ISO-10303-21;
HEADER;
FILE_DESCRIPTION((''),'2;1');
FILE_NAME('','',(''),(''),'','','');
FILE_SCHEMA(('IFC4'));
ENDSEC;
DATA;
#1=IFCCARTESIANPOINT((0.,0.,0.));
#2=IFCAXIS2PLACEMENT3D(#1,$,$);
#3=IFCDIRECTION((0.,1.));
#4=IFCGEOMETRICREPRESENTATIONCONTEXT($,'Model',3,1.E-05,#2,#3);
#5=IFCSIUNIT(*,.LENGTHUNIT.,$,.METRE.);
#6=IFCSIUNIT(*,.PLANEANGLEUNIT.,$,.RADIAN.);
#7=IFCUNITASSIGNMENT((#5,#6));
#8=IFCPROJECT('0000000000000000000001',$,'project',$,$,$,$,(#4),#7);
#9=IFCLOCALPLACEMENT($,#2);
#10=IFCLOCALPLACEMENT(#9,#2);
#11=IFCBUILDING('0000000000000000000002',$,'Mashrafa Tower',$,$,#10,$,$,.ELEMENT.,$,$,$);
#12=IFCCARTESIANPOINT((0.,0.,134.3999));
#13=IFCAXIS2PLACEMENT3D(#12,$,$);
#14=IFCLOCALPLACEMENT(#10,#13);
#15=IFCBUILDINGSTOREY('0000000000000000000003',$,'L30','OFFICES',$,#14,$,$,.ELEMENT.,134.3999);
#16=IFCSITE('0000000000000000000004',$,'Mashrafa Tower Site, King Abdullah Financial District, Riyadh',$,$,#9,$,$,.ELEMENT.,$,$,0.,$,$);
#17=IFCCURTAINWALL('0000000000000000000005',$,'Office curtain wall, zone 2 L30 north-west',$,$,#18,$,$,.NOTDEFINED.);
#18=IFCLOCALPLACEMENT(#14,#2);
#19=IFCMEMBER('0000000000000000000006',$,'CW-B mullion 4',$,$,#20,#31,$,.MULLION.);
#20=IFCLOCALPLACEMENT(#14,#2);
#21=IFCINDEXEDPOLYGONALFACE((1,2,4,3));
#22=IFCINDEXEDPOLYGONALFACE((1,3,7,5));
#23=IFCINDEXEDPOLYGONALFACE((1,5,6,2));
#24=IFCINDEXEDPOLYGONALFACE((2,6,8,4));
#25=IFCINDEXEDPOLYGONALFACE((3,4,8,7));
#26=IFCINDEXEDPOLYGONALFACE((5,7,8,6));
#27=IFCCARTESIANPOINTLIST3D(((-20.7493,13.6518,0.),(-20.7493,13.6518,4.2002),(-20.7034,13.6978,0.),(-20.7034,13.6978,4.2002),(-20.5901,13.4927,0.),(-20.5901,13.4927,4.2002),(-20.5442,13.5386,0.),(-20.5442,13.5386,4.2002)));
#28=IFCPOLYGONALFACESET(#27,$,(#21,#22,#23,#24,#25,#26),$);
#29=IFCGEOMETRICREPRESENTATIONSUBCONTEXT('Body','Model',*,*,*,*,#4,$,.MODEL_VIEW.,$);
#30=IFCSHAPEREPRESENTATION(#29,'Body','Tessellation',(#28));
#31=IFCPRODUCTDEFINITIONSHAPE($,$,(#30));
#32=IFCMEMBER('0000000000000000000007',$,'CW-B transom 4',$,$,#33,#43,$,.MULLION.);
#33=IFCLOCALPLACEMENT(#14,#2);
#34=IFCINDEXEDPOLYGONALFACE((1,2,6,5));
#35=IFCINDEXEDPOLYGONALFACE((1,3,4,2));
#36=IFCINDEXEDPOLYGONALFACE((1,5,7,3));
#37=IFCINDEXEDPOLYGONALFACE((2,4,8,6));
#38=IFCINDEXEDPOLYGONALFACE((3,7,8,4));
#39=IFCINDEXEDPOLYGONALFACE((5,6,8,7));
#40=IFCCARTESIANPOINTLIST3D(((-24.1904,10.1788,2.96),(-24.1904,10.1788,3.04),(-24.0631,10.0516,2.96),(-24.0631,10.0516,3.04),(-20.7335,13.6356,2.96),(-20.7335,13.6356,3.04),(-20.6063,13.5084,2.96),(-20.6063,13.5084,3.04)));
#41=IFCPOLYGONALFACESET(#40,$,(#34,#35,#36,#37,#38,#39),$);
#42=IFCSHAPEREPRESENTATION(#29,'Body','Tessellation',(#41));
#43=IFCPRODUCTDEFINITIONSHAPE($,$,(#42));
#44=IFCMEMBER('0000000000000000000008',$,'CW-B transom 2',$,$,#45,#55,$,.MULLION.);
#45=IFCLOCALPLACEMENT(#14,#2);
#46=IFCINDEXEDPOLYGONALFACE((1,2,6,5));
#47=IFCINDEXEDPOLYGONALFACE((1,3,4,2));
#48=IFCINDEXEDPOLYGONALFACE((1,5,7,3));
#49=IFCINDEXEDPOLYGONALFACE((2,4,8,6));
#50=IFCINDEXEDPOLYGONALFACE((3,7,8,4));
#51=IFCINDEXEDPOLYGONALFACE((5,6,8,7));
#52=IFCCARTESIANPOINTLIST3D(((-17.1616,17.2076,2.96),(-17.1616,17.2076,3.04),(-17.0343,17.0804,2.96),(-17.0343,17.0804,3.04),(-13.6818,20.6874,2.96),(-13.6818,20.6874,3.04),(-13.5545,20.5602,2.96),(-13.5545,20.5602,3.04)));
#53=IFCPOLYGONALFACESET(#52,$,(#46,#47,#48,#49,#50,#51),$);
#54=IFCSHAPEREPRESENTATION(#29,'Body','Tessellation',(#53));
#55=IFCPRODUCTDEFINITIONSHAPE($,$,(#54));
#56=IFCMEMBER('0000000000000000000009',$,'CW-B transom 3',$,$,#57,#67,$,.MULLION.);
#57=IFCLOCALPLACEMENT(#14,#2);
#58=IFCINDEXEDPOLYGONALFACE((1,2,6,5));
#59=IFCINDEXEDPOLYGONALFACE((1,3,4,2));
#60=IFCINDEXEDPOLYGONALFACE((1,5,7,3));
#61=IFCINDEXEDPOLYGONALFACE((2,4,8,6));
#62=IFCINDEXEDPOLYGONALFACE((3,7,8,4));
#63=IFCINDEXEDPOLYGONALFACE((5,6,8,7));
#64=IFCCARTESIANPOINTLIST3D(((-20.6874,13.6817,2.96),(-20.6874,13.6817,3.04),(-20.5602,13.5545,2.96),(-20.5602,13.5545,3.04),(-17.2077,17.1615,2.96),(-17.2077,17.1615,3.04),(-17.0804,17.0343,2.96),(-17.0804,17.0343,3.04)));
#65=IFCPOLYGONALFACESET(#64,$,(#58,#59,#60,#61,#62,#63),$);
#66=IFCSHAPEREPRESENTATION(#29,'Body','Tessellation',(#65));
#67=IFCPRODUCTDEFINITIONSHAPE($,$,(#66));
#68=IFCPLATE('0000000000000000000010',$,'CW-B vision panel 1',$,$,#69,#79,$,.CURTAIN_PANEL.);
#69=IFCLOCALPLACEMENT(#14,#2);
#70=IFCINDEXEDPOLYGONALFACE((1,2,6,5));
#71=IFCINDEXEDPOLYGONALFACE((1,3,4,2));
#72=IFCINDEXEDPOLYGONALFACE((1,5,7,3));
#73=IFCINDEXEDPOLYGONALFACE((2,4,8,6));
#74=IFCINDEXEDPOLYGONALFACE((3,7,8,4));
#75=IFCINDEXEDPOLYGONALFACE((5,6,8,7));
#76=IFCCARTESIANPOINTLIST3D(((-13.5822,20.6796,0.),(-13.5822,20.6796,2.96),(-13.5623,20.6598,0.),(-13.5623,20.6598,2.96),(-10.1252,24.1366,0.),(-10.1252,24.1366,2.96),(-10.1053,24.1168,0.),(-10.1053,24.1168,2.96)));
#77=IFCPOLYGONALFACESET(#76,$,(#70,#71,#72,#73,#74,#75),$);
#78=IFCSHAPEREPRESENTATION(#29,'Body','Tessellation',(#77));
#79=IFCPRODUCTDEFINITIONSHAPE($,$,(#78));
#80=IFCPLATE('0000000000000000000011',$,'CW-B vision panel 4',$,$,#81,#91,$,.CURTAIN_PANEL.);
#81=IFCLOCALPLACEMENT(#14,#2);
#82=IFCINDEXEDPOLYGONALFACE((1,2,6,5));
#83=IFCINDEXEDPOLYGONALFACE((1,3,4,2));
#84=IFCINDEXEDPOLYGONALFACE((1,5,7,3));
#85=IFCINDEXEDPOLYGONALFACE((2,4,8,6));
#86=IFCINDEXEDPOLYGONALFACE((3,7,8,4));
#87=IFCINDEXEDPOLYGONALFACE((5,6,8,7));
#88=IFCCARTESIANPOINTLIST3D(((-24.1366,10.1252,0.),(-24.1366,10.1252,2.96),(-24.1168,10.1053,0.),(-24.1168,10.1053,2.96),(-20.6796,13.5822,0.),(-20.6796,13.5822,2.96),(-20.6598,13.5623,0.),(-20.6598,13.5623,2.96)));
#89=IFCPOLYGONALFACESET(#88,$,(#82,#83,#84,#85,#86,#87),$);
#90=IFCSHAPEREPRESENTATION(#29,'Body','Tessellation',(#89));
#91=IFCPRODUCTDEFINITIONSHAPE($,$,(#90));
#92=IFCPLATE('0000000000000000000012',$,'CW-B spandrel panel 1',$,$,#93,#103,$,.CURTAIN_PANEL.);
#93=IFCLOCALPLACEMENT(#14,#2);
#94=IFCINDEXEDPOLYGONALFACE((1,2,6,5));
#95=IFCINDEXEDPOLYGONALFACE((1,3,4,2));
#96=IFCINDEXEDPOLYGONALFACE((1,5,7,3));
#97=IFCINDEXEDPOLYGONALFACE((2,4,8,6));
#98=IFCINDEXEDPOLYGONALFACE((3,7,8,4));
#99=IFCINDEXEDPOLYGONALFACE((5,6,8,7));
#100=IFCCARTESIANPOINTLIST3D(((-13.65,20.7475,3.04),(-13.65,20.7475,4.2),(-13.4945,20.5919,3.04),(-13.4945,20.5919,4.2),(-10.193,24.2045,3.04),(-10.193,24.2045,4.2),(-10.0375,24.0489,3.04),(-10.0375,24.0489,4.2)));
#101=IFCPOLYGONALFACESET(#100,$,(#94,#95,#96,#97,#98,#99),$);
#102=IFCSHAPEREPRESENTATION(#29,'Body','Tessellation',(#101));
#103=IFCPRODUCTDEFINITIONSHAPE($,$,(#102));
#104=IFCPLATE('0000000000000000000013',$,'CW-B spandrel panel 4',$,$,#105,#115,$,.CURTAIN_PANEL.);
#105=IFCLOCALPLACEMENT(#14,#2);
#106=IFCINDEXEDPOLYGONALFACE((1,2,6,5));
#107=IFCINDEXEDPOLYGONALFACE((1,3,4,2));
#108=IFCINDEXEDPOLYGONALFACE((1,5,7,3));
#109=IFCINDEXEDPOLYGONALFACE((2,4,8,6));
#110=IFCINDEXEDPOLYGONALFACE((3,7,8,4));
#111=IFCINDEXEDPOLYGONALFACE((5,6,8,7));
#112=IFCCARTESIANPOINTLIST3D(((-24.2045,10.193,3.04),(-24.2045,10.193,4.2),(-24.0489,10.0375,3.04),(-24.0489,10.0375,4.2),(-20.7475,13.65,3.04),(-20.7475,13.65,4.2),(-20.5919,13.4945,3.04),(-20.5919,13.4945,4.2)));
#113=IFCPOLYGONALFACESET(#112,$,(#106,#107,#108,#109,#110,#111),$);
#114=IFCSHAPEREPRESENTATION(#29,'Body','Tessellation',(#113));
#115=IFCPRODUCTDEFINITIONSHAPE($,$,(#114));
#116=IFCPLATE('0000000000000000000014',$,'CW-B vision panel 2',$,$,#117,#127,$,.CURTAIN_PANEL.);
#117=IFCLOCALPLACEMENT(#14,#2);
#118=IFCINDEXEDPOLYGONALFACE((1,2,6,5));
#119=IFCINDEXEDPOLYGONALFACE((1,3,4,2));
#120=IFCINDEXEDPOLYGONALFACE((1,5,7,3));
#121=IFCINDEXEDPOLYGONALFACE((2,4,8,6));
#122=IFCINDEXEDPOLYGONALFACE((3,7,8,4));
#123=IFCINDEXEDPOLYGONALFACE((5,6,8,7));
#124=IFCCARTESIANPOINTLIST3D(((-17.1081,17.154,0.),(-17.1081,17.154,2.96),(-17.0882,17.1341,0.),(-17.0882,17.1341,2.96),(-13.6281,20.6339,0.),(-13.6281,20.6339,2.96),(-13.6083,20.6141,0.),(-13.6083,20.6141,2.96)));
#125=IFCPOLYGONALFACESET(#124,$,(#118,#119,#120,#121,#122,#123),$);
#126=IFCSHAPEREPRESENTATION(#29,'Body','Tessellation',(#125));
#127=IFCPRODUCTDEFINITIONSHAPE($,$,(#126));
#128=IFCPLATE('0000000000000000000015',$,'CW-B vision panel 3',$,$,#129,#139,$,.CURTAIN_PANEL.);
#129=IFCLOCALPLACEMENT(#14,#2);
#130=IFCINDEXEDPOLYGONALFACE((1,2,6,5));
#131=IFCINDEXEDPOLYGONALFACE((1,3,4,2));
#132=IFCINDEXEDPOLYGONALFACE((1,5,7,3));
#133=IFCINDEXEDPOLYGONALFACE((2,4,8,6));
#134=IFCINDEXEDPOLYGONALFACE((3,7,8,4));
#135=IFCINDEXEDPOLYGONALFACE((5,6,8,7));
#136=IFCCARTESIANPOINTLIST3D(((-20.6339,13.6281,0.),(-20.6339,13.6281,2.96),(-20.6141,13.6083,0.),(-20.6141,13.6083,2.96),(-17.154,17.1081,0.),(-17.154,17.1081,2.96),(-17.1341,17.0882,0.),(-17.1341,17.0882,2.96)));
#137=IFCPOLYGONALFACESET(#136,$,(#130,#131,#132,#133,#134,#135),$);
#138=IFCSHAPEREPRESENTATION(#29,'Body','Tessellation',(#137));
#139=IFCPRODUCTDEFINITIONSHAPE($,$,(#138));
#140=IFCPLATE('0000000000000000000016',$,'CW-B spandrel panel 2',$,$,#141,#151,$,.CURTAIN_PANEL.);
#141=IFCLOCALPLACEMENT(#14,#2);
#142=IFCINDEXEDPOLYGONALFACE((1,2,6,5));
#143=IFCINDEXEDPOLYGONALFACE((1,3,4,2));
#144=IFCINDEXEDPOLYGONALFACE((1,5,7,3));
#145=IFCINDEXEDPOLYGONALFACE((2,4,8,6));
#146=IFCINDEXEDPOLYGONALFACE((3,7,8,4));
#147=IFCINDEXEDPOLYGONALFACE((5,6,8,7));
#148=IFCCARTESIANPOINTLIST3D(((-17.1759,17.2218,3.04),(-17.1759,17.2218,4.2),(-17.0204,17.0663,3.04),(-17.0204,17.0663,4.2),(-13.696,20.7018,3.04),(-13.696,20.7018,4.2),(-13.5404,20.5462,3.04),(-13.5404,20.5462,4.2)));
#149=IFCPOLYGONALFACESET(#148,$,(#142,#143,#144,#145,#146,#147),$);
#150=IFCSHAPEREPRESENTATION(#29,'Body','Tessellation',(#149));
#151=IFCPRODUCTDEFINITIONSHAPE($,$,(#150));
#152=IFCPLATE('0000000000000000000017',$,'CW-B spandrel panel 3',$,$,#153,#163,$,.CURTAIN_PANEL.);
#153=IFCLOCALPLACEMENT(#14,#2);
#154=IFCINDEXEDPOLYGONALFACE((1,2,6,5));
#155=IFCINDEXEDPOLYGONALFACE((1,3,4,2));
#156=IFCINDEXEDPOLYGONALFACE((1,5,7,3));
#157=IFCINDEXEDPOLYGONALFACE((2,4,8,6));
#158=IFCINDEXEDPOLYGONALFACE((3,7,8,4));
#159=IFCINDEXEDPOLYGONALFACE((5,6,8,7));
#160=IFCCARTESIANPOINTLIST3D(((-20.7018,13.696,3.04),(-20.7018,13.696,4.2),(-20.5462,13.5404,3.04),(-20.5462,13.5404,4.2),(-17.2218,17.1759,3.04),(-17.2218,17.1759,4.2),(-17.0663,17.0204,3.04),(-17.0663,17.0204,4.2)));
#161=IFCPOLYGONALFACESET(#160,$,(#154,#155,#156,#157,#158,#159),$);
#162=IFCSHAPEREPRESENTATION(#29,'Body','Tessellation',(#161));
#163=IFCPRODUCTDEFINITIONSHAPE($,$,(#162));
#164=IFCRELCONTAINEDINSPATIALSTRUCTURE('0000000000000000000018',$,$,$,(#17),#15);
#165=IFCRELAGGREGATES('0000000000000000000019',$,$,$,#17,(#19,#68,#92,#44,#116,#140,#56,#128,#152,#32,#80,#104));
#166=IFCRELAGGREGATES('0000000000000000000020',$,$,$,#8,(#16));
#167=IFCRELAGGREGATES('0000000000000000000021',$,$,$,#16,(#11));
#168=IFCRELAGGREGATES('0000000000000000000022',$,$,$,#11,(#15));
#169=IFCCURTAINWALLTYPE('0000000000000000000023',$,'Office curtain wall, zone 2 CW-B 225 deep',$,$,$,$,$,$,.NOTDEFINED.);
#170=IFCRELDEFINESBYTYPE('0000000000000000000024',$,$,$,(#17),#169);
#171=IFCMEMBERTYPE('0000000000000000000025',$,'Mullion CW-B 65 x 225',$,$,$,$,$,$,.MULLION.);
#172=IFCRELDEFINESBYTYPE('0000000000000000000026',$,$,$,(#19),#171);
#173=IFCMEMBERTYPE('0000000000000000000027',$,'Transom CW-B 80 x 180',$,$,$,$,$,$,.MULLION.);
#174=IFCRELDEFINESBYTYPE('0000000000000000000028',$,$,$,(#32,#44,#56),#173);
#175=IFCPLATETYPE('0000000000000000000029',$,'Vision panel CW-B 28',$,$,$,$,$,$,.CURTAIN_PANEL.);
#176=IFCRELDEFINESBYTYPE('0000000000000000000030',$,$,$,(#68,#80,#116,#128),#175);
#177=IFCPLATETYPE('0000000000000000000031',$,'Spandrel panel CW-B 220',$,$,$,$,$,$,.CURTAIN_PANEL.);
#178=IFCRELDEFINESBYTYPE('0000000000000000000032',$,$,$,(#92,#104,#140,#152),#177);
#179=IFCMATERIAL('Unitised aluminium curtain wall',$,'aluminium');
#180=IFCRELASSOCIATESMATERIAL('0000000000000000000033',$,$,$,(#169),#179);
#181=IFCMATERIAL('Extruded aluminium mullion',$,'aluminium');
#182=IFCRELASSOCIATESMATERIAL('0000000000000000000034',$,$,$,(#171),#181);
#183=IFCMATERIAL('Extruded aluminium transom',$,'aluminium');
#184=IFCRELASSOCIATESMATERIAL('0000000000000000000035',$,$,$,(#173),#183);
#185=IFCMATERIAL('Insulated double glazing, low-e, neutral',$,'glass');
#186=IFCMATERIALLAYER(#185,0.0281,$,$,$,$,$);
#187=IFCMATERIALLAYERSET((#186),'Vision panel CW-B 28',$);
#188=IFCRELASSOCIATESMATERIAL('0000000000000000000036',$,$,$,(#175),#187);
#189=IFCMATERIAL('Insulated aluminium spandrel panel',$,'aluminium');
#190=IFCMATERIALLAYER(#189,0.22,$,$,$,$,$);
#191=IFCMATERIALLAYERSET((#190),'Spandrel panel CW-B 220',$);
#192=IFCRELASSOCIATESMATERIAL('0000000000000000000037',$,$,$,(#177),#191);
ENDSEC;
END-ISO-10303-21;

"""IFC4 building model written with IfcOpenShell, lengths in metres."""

from ifc_helpers import new_model, si_unit, direction, frame, origin, origin_2d, place, context, subcontext, project, spatial, rectangle, extrude, source, transform, mapped, material, layer, layer_set, material_profile, profile_set, type_object, type_shapes, element, aggregate, save


model = new_model("IFC4")

# Units and contexts
model_context = context("Model", 3, precision=1e-05, world=origin(), true_north=direction((0.0, 1.0)))
body_context = subcontext(model_context, "Body", "Model", "MODEL_VIEW")
ifc_project = project(units=[si_unit("LENGTHUNIT", "METRE"), si_unit("PLANEANGLEUNIT", "RADIAN")], contexts=[model_context])

# Site, building, storey
site_placement = place(None, origin())
site = spatial("IfcSite", under=ifc_project, at=site_placement, Name="Mashrafa Tower Site, King Abdullah Financial District, Riyadh", CompositionType="ELEMENT", RefElevation=0.0)
building_placement = place(site_placement, origin())
building = spatial("IfcBuilding", under=site, at=building_placement, Name="Mashrafa Tower", CompositionType="ELEMENT")
storey_placement = place(building_placement, frame((0.0, 0.0, 134.3999)))
storey = spatial("IfcBuildingStorey", under=building, at=storey_placement, Name="L30", Description="OFFICES", CompositionType="ELEMENT", Elevation=134.3999)

# Curtain wall, members, plates
ifc_material_1 = material(Name="Unitised aluminium curtain wall", Category="aluminium")
curtain_wall_type = type_object("IfcCurtainWallType", Name="Office curtain wall, zone 2 CW-B 225 deep", PredefinedType="NOTDEFINED", material=ifc_material_1)
curtain_wall_placement = place(storey_placement, origin())
curtain_wall = element("IfcCurtainWall", 1, at=curtain_wall_placement, inside=storey, type_object=curtain_wall_type, Name="Office curtain wall, zone 2 L30 north-west", PredefinedType="NOTDEFINED")
ifc_material_2 = material(Name="Extruded aluminium mullion", Category="aluminium")
ifc_material_profile_1 = material_profile(ifc_material_2, rectangle(XDim=0.2251, YDim=0.0649, at=origin_2d()), Name="Mullion 65x225")
ifc_profile_set_1 = profile_set([ifc_material_profile_1], Name="Extruded aluminium mullion")
member_type_1 = type_object("IfcMemberType", Name="Mullion CW-B 65 x 225", PredefinedType="MULLION", material=ifc_profile_set_1)
shared_shape_1 = source(origin(), body_context, "Body", "SweptSolid", [
    extrude(rectangle(XDim=0.2251, YDim=0.0649, at=origin_2d()), origin(), (0.0, 0.0, 1.0), 4.2002),
])
type_shapes(member_type_1, [shared_shape_1])
member_1_placement = place(storey_placement, frame((-20.6467, 13.5952, 0.0), z_axis=(0.0, 0.0, 1.0), x_axis=(0.707107, -0.707107, 0.0)))
member_1 = element("IfcMember", 2, at=member_1_placement, type_object=member_type_1, Name="CW-B mullion 4", PredefinedType="MULLION", context=body_context, shape_type="MappedRepresentation", body=[
    mapped(shared_shape_1, transform((0.0, 0.0, 0.0))),
])
ifc_material_3 = material(Name="Extruded aluminium transom", Category="aluminium")
ifc_material_profile_2 = material_profile(ifc_material_3, rectangle(XDim=0.1799, YDim=0.0801, at=origin_2d()), Name="Transom 80x180")
ifc_profile_set_2 = profile_set([ifc_material_profile_2], Name="Extruded aluminium transom")
member_type_2 = type_object("IfcMemberType", Name="Transom CW-B 80 x 180", PredefinedType="MULLION", material=ifc_profile_set_2)
shared_shape_2 = source(origin(), body_context, "Body", "SweptSolid", [
    extrude(rectangle(XDim=0.1799, YDim=0.0801, at=origin_2d()), origin(), (0.0, 0.0, 1.0), 4.8887),
])
member_2_placement = place(storey_placement, frame((-20.6699, 13.572, 3.0), z_axis=(-0.707107, -0.707107, 0.0), x_axis=(0.707107, -0.707107, 0.0)))
member_2 = element("IfcMember", 3, at=member_2_placement, type_object=member_type_2, Name="CW-B transom 4", PredefinedType="MULLION", context=body_context, shape_type="MappedRepresentation", body=[
    mapped(shared_shape_2, transform((0.0, 0.0, 0.0))),
])
shared_shape_3 = source(origin(), body_context, "Body", "SweptSolid", [
    extrude(rectangle(XDim=0.1799, YDim=0.0801, at=origin_2d()), origin(), (0.0, 0.0, 1.0), 4.9211),
])
type_shapes(member_type_2, [shared_shape_2, shared_shape_3])
member_3_placement = place(storey_placement, frame((-13.6182, 20.6238, 3.0), z_axis=(-0.707107, -0.707107, 0.0), x_axis=(0.707107, -0.707107, 0.0)))
member_3 = element("IfcMember", 4, at=member_3_placement, type_object=member_type_2, Name="CW-B transom 2", PredefinedType="MULLION", context=body_context, shape_type="MappedRepresentation", body=[
    mapped(shared_shape_3, transform((0.0, 0.0, 0.0))),
])
member_4_placement = place(storey_placement, frame((-17.144, 17.0979, 3.0), z_axis=(-0.707107, -0.707107, 0.0), x_axis=(0.707107, -0.707107, 0.0)))
member_4 = element("IfcMember", 5, at=member_4_placement, type_object=member_type_2, Name="CW-B transom 3", PredefinedType="MULLION", context=body_context, shape_type="MappedRepresentation", body=[
    mapped(shared_shape_3, transform((0.0, 0.0, 0.0))),
])
ifc_material_4 = material(Name="Insulated double glazing, low-e, neutral", Category="glass")
ifc_layer_1 = layer(ifc_material_4, 0.0281)
ifc_layer_set_1 = layer_set([ifc_layer_1], Name="Vision panel CW-B 28")
plate_type_1 = type_object("IfcPlateType", Name="Vision panel CW-B 28", PredefinedType="CURTAIN_PANEL", material=ifc_layer_set_1)
shared_shape_4 = source(origin(), body_context, "Body", "SweptSolid", [
    extrude(rectangle(XDim=4.8889, YDim=0.0281, at=origin_2d()), origin(), (0.0, 0.0, 1.0), 2.96),
])
plate_1_placement = place(storey_placement, frame((-11.8438, 22.3982, 0.0), z_axis=(0.0, 0.0, 1.0), x_axis=(-0.707107, -0.707107, 0.0)))
plate_1 = element("IfcPlate", 6, at=plate_1_placement, type_object=plate_type_1, Name="CW-B vision panel 1", PredefinedType="CURTAIN_PANEL", context=body_context, shape_type="MappedRepresentation", body=[
    mapped(shared_shape_4, transform((0.0, 0.0, 0.0))),
])
plate_2_placement = place(storey_placement, frame((-22.3982, 11.8438, 0.0), z_axis=(0.0, 0.0, 1.0), x_axis=(-0.707107, -0.707107, 0.0)))
plate_2 = element("IfcPlate", 7, at=plate_2_placement, type_object=plate_type_1, Name="CW-B vision panel 4", PredefinedType="CURTAIN_PANEL", context=body_context, shape_type="MappedRepresentation", body=[
    mapped(shared_shape_4, transform((0.0, 0.0, 0.0))),
])
ifc_material_5 = material(Name="Insulated aluminium spandrel panel", Category="aluminium")
ifc_layer_2 = layer(ifc_material_5, 0.22)
ifc_layer_set_2 = layer_set([ifc_layer_2], Name="Spandrel panel CW-B 220")
plate_type_2 = type_object("IfcPlateType", Name="Spandrel panel CW-B 220", PredefinedType="CURTAIN_PANEL", material=ifc_layer_set_2)
shared_shape_5 = source(origin(), body_context, "Body", "SweptSolid", [
    extrude(rectangle(XDim=4.8889, YDim=0.22, at=origin_2d()), origin(), (0.0, 0.0, 1.0), 1.1599),
])
plate_3_placement = place(storey_placement, frame((-11.8438, 22.3982, 3.04), z_axis=(0.0, 0.0, 1.0), x_axis=(-0.707107, -0.707107, 0.0)))
plate_3 = element("IfcPlate", 8, at=plate_3_placement, type_object=plate_type_2, Name="CW-B spandrel panel 1", PredefinedType="CURTAIN_PANEL", context=body_context, shape_type="MappedRepresentation", body=[
    mapped(shared_shape_5, transform((0.0, 0.0, 0.0))),
])
plate_4_placement = place(storey_placement, frame((-22.3982, 11.8438, 3.04), z_axis=(0.0, 0.0, 1.0), x_axis=(-0.707107, -0.707107, 0.0)))
plate_4 = element("IfcPlate", 9, at=plate_4_placement, type_object=plate_type_2, Name="CW-B spandrel panel 4", PredefinedType="CURTAIN_PANEL", context=body_context, shape_type="MappedRepresentation", body=[
    mapped(shared_shape_5, transform((0.0, 0.0, 0.0))),
])
shared_shape_6 = source(origin(), body_context, "Body", "SweptSolid", [
    extrude(rectangle(XDim=4.9214, YDim=0.0281, at=origin_2d()), origin(), (0.0, 0.0, 1.0), 2.96),
])
type_shapes(plate_type_1, [shared_shape_4, shared_shape_6])
plate_5_placement = place(storey_placement, frame((-15.3582, 18.884, 0.0), z_axis=(0.0, 0.0, 1.0), x_axis=(-0.707107, -0.707107, 0.0)))
plate_5 = element("IfcPlate", 10, at=plate_5_placement, type_object=plate_type_1, Name="CW-B vision panel 2", PredefinedType="CURTAIN_PANEL", context=body_context, shape_type="MappedRepresentation", body=[
    mapped(shared_shape_6, transform((0.0, 0.0, 0.0))),
])
plate_6_placement = place(storey_placement, frame((-18.884, 15.3582, 0.0), z_axis=(0.0, 0.0, 1.0), x_axis=(-0.707107, -0.707107, 0.0)))
plate_6 = element("IfcPlate", 11, at=plate_6_placement, type_object=plate_type_1, Name="CW-B vision panel 3", PredefinedType="CURTAIN_PANEL", context=body_context, shape_type="MappedRepresentation", body=[
    mapped(shared_shape_6, transform((0.0, 0.0, 0.0))),
])
shared_shape_7 = source(origin(), body_context, "Body", "SweptSolid", [
    extrude(rectangle(XDim=4.9214, YDim=0.22, at=origin_2d()), origin(), (0.0, 0.0, 1.0), 1.1599),
])
type_shapes(plate_type_2, [shared_shape_5, shared_shape_7])
plate_7_placement = place(storey_placement, frame((-15.3582, 18.884, 3.04), z_axis=(0.0, 0.0, 1.0), x_axis=(-0.707107, -0.707107, 0.0)))
plate_7 = element("IfcPlate", 12, at=plate_7_placement, type_object=plate_type_2, Name="CW-B spandrel panel 2", PredefinedType="CURTAIN_PANEL", context=body_context, shape_type="MappedRepresentation", body=[
    mapped(shared_shape_7, transform((0.0, 0.0, 0.0))),
])
plate_8_placement = place(storey_placement, frame((-18.884, 15.3582, 3.04), z_axis=(0.0, 0.0, 1.0), x_axis=(-0.707107, -0.707107, 0.0)))
plate_8 = element("IfcPlate", 13, at=plate_8_placement, type_object=plate_type_2, Name="CW-B spandrel panel 3", PredefinedType="CURTAIN_PANEL", context=body_context, shape_type="MappedRepresentation", body=[
    mapped(shared_shape_7, transform((0.0, 0.0, 0.0))),
])
aggregate(curtain_wall, [member_1, plate_1, plate_3, member_3, plate_5, plate_7, member_4, plate_6, plate_8, member_2, plate_2, plate_4])

save(model, "model.ifc")
